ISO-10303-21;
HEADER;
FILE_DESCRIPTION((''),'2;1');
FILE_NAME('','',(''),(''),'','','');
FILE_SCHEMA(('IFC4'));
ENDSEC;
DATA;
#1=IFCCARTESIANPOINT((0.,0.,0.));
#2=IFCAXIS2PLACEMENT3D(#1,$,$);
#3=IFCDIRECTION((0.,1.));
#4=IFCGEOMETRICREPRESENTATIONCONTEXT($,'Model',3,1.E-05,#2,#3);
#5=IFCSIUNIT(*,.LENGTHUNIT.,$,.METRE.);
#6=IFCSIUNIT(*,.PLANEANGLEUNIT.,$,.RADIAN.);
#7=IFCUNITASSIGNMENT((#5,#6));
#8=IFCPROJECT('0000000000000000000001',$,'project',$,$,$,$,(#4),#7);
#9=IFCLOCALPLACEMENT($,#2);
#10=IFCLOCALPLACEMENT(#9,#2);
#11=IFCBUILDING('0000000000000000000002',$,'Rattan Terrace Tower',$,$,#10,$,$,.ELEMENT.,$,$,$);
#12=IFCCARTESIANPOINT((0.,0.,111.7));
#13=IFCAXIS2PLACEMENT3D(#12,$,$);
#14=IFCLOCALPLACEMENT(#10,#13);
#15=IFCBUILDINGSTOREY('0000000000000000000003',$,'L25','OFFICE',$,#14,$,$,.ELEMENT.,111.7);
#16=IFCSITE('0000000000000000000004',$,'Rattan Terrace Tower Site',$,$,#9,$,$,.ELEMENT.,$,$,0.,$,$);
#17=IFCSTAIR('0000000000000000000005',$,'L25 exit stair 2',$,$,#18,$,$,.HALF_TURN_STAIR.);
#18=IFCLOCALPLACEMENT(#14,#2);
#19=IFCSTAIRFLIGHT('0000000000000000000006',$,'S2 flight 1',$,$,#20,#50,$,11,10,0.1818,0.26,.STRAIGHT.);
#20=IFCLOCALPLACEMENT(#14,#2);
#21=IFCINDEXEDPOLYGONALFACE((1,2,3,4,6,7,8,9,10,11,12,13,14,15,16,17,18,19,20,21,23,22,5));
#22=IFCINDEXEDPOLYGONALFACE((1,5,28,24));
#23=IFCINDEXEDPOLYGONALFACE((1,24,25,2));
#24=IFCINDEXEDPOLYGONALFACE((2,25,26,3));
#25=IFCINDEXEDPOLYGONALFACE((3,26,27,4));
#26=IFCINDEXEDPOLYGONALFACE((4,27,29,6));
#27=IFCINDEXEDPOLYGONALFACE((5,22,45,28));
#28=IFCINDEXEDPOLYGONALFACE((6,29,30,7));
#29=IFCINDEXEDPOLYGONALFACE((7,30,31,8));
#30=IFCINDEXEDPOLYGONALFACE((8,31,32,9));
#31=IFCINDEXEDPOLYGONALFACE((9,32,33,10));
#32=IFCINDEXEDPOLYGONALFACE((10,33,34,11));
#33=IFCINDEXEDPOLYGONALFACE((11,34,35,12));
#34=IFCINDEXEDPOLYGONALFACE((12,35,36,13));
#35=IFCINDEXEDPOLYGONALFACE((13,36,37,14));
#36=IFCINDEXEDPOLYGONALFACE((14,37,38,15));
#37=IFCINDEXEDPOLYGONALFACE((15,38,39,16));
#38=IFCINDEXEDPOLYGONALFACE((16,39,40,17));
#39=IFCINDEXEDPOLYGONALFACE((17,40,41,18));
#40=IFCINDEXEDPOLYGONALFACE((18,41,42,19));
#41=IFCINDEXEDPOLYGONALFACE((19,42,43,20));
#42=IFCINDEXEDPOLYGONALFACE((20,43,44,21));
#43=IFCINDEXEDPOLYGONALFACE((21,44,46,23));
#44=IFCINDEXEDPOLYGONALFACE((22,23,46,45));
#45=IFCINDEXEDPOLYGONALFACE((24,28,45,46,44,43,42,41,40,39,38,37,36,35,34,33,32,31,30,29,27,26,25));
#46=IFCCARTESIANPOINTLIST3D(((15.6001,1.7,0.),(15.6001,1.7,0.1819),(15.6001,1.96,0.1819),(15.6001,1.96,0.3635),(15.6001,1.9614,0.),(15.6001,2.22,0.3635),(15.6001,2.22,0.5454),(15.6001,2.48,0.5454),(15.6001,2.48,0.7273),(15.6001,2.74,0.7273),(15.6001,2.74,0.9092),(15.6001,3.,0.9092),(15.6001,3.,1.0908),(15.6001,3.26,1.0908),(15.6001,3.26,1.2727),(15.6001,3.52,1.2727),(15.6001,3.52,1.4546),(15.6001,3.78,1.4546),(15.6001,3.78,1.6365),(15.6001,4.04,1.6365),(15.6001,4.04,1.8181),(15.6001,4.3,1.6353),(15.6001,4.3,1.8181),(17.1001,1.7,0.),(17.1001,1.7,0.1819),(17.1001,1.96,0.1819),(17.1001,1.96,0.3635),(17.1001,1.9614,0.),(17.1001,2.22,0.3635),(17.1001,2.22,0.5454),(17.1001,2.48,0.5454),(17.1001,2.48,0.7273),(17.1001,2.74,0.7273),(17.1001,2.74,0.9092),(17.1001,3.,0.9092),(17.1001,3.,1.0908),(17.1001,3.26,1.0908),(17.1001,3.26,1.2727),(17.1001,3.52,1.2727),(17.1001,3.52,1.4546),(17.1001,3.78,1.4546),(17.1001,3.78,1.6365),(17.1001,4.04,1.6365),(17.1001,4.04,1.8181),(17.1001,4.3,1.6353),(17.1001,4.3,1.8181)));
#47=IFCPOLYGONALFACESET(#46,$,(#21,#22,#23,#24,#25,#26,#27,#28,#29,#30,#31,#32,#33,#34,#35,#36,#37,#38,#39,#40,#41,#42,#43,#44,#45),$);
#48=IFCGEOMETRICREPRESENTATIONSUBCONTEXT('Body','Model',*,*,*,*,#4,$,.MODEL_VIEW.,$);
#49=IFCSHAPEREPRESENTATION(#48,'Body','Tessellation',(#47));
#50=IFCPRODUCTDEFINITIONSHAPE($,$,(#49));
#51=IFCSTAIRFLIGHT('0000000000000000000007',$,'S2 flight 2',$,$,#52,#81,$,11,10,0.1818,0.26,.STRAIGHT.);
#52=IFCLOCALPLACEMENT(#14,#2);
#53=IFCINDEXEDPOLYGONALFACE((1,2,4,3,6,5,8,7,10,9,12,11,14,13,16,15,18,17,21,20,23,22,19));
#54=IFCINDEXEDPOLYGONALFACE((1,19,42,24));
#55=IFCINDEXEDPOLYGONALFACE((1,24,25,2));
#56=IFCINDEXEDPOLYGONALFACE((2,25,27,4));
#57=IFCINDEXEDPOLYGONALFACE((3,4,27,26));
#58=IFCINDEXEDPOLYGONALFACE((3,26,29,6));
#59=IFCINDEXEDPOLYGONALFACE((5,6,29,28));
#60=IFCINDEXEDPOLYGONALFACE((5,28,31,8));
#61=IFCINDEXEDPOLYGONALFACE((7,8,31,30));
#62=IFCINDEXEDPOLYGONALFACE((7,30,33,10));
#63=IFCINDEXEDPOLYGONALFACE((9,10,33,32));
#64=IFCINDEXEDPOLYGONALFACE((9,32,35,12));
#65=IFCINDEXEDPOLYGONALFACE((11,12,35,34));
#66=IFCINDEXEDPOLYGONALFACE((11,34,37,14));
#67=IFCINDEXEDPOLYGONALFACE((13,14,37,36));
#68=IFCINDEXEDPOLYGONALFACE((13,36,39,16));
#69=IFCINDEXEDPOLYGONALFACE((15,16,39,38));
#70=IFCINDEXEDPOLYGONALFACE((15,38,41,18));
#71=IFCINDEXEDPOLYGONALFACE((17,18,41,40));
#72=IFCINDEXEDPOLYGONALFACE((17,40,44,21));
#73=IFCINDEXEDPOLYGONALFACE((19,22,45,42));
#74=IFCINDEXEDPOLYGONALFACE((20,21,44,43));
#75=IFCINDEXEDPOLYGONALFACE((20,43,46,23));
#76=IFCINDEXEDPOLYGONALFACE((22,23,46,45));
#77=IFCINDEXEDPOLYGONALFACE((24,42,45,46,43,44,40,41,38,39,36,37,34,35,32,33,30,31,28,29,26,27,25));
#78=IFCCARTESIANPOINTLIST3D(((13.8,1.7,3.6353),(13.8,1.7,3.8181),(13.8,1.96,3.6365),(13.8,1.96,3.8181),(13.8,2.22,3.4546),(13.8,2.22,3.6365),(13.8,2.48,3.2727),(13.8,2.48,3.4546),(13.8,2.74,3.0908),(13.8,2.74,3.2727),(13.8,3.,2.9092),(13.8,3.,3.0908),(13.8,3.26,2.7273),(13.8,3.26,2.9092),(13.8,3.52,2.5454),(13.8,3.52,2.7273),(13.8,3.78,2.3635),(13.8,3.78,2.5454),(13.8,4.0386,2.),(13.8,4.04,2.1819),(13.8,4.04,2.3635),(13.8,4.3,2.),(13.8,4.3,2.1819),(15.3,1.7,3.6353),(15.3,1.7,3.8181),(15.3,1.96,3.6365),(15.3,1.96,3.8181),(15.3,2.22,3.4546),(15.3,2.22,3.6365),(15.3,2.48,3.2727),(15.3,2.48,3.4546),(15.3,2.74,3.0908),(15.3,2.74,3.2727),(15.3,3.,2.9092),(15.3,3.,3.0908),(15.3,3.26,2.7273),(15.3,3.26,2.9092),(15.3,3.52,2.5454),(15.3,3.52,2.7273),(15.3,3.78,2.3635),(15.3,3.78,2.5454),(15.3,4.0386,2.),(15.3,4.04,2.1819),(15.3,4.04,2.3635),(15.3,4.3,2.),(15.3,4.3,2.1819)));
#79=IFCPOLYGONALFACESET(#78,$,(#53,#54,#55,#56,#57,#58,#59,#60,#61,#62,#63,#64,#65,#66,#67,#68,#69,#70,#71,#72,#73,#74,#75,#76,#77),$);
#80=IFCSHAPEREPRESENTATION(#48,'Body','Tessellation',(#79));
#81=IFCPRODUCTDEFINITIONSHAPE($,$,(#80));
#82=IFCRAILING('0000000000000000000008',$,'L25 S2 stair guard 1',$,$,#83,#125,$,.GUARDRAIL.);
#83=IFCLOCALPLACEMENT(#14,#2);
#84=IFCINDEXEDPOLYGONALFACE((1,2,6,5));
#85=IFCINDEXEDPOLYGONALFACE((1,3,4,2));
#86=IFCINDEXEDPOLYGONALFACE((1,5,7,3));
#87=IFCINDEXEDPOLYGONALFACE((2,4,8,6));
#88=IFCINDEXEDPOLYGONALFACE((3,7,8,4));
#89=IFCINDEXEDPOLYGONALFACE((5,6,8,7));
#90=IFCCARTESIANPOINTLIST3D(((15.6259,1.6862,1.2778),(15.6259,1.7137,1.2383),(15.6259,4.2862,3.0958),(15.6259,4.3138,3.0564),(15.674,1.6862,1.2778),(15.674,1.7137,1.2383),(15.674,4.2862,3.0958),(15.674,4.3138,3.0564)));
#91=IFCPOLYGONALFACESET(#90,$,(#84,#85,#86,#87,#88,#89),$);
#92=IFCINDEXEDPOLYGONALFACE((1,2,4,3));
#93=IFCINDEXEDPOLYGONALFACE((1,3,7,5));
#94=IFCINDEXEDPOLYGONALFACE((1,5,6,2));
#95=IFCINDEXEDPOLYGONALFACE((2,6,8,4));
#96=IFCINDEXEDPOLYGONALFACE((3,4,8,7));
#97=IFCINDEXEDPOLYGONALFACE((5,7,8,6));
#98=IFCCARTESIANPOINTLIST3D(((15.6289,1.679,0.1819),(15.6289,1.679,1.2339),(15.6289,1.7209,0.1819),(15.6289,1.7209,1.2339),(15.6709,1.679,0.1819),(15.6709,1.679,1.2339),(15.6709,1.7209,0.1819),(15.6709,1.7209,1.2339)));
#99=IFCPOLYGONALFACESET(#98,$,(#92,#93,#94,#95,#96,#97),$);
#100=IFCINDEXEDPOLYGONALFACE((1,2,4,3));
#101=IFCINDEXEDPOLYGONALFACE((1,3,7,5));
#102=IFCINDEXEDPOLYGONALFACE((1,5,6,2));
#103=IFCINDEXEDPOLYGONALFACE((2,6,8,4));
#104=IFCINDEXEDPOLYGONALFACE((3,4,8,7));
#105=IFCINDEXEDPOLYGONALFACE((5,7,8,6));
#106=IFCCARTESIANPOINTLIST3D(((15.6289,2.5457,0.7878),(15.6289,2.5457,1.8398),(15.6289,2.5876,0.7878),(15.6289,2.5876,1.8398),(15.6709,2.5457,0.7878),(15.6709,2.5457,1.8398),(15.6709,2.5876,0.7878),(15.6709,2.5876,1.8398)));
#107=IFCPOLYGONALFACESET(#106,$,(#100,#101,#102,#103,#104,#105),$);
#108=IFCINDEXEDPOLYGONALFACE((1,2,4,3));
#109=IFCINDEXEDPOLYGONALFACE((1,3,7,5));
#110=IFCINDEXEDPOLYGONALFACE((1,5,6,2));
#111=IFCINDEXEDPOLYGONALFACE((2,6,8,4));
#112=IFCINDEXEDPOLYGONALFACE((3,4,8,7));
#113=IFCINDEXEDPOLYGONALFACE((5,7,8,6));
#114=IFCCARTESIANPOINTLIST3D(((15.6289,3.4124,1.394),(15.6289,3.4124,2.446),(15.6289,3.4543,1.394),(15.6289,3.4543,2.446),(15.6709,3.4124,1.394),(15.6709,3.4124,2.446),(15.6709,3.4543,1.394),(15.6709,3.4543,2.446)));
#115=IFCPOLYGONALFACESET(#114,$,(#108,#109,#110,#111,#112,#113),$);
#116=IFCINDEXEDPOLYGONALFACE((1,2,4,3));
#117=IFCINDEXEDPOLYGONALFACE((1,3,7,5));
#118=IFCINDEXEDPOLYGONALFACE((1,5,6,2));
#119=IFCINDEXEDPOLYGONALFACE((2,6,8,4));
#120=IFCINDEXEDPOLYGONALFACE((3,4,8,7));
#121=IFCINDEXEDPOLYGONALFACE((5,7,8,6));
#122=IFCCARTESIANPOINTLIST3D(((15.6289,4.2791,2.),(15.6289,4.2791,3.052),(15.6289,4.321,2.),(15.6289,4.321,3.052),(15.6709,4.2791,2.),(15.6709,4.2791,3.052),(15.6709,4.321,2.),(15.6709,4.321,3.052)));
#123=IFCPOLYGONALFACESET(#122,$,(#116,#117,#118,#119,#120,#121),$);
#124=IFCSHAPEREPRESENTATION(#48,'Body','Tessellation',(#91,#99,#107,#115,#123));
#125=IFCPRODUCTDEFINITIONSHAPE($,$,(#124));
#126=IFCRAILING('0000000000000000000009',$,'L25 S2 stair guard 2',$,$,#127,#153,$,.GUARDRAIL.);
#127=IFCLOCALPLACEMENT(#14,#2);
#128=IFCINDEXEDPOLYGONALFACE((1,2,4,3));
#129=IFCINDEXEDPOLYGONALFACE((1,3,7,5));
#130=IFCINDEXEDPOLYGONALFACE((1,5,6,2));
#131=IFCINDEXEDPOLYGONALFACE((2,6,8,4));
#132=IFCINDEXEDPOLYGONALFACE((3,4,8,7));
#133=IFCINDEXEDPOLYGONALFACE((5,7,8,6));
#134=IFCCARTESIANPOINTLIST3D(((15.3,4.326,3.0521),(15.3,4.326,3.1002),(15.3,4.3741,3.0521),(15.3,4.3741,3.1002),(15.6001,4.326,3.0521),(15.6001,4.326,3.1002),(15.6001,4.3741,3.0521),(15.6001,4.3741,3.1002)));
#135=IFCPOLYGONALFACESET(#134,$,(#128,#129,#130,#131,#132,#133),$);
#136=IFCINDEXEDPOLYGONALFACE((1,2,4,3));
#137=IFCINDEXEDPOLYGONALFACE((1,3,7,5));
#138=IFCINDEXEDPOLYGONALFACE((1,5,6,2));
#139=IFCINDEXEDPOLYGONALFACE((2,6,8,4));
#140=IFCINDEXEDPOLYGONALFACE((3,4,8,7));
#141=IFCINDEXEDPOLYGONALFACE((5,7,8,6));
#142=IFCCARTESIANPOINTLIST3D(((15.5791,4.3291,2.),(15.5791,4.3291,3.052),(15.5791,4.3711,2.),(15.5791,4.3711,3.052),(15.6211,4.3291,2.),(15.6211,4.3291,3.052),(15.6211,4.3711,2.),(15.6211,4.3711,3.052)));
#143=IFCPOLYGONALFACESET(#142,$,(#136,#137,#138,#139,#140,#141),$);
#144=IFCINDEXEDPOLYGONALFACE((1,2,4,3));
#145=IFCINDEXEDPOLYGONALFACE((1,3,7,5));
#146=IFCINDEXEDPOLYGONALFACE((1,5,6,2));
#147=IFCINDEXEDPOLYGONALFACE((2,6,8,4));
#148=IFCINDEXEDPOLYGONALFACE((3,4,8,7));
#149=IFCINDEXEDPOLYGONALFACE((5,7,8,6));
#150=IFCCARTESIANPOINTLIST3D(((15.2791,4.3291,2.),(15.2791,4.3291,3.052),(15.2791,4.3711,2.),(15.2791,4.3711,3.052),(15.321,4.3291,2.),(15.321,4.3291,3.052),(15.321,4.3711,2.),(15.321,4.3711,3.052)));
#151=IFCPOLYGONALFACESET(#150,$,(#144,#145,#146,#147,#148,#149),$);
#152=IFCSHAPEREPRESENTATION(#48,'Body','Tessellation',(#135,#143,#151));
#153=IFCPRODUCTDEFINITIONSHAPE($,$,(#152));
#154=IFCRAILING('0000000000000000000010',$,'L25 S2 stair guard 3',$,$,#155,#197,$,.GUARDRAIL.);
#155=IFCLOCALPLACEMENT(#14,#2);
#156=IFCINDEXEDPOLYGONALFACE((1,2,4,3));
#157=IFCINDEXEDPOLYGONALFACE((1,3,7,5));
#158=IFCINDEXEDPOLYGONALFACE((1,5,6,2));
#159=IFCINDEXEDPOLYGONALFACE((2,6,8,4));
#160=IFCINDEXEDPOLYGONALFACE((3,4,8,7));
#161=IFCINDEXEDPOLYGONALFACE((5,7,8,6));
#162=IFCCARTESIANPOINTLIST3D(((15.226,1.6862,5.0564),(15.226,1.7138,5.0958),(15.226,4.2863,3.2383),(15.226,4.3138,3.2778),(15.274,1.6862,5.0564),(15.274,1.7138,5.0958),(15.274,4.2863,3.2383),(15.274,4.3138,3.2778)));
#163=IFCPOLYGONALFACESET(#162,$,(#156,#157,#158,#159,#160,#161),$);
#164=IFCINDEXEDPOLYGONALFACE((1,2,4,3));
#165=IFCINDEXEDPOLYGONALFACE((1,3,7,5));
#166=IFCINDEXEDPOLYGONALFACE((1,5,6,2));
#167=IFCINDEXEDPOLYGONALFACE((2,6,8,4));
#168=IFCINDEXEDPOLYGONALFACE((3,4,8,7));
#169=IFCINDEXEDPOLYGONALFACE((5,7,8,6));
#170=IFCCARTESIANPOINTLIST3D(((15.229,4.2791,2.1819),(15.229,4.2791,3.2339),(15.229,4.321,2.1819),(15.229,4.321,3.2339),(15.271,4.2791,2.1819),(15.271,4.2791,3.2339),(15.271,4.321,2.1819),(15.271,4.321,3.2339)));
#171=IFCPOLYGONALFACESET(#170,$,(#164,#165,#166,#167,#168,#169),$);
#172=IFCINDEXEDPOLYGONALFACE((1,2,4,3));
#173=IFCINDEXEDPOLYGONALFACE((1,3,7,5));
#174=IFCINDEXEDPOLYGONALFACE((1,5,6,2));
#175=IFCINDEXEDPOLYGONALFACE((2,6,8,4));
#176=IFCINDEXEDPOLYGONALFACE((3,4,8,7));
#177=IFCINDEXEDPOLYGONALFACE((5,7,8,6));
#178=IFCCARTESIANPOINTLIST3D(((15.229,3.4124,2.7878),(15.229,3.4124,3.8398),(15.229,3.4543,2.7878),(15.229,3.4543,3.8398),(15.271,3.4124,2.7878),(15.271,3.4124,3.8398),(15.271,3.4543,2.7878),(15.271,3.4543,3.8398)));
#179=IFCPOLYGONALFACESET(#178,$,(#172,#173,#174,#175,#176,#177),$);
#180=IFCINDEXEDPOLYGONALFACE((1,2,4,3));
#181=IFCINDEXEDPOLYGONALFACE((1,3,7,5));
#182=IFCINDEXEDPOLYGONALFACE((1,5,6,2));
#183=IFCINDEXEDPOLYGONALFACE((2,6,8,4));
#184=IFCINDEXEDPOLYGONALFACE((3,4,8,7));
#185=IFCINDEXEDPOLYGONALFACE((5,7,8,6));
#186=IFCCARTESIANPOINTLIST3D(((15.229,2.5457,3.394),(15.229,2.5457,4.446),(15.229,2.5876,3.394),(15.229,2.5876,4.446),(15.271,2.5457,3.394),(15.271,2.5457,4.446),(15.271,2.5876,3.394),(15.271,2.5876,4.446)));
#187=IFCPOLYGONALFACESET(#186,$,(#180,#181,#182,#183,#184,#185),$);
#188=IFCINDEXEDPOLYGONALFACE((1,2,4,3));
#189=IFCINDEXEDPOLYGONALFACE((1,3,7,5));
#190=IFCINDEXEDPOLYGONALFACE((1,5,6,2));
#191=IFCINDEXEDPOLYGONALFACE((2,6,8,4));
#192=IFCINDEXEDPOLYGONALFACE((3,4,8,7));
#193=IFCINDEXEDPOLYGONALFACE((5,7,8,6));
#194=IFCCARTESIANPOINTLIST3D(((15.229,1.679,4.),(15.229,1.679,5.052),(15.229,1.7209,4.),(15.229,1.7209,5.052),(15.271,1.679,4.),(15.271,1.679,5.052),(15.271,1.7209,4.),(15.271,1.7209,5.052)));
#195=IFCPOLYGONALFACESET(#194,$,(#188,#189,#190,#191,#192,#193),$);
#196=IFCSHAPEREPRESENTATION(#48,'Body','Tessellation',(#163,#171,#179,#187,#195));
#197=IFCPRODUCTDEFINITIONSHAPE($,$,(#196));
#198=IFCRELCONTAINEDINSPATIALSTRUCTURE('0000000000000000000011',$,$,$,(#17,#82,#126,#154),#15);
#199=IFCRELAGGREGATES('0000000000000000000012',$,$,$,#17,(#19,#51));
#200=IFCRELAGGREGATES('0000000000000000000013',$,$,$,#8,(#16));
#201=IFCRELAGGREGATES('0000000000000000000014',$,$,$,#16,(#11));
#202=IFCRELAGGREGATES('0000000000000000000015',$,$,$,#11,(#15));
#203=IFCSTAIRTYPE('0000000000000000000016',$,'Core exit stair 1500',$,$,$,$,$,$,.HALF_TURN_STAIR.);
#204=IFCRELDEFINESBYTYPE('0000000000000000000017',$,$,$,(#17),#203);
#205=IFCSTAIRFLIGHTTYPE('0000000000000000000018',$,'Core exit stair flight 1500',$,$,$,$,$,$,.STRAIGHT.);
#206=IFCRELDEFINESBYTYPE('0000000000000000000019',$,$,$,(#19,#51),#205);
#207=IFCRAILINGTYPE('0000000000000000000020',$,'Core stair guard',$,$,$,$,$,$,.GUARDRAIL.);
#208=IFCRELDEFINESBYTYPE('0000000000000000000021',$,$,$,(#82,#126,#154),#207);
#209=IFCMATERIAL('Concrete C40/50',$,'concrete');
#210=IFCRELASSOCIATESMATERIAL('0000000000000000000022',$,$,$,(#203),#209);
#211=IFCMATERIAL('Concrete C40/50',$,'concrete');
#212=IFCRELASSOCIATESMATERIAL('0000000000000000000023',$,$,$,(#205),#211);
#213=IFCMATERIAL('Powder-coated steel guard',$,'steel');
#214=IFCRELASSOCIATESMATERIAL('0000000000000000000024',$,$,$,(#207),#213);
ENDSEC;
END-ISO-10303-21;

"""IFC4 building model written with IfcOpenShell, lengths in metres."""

from ifc_helpers import new_model, si_unit, direction, frame, origin, origin_2d, place, context, subcontext, project, spatial, polyline, rectangle, outline, extrude, material, type_object, element, aggregate, save


model = new_model("IFC4")

# Units and contexts
model_context = context("Model", 3, precision=1e-05, world=origin(), true_north=direction((0.0, 1.0)))
body_context = subcontext(model_context, "Body", "Model", "MODEL_VIEW")
ifc_project = project(units=[si_unit("LENGTHUNIT", "METRE"), si_unit("PLANEANGLEUNIT", "RADIAN")], contexts=[model_context])

# Site, building, storey
site_placement = place(None, origin())
site = spatial("IfcSite", under=ifc_project, at=site_placement, Name="Rattan Terrace Tower Site", CompositionType="ELEMENT", RefElevation=0.0)
building_placement = place(site_placement, origin())
building = spatial("IfcBuilding", under=site, at=building_placement, Name="Rattan Terrace Tower", CompositionType="ELEMENT")
storey_placement = place(building_placement, frame((0.0, 0.0, 111.7)))
storey = spatial("IfcBuildingStorey", under=building, at=storey_placement, Name="L25", Description="OFFICE", CompositionType="ELEMENT", Elevation=111.7)

# Stair, stair flights
ifc_material_1 = material(Name="Concrete C40/50", Category="concrete")
stair_type = type_object("IfcStairType", Name="Core exit stair 1500", PredefinedType="HALF_TURN_STAIR", material=ifc_material_1)
stair_placement = place(storey_placement, origin())
stair = element("IfcStair", 1, at=stair_placement, inside=storey, type_object=stair_type, Name="L25 exit stair 2", PredefinedType="HALF_TURN_STAIR")
ifc_material_2 = material(Name="Concrete C40/50", Category="concrete")
stair_flight_type = type_object("IfcStairFlightType", Name="Core exit stair flight 1500", PredefinedType="STRAIGHT", material=ifc_material_2)
stair_flight_1_placement = place(storey_placement, frame((16.3501, 1.7, 0.0), z_axis=(0.0, 0.0, 1.0), x_axis=(0.0, 1.0, 0.0)))
stair_flight_1 = element("IfcStairFlight", 2, at=stair_flight_1_placement, type_object=stair_flight_type, Name="S2 flight 1", NumberOfRisers=11, NumberOfTreads=10, PredefinedType="STRAIGHT", RiserHeight=0.1818, TreadLength=0.26, context=body_context, shape_type="SweptSolid", body=[
    extrude(outline(polyline([(0.0, 0.0), (0.0, 0.1819), (0.26, 0.1819), (0.26, 0.3635), (0.52, 0.3635), (0.52, 0.5454), (0.78, 0.5454), (0.78, 0.7273), (1.04, 0.7273), (1.04, 0.9092), (1.3, 0.9092), (1.3, 1.0908), (1.5601, 1.0908), (1.5601, 1.2727), (1.8201, 1.2727), (1.8201, 1.4546), (2.0801, 1.4546), (2.0801, 1.6365), (2.3401, 1.6365), (2.3401, 1.8181), (2.6001, 1.8181), (2.6001, 2.0), (2.6001, 1.6353), (0.2615, 0.0), (0.0, 0.0)])), frame((0.0, 0.75, 0.0), z_axis=(0.0, -1.0, 0.0), x_axis=(1.0, 0.0, 0.0)), (0.0, 0.0, 1.0), 1.5),
])
stair_flight_2_placement = place(storey_placement, frame((14.55, 4.3, 2.0), z_axis=(0.0, 0.0, 1.0), x_axis=(0.0, -1.0, 0.0)))
stair_flight_2 = element("IfcStairFlight", 3, at=stair_flight_2_placement, type_object=stair_flight_type, Name="S2 flight 2", NumberOfRisers=11, NumberOfTreads=10, PredefinedType="STRAIGHT", RiserHeight=0.1818, TreadLength=0.26, context=body_context, shape_type="SweptSolid", body=[
    extrude(outline(polyline([(0.0, 0.0), (0.0, 0.1819), (0.26, 0.1819), (0.26, 0.3635), (0.52, 0.3635), (0.52, 0.5454), (0.78, 0.5454), (0.78, 0.7273), (1.04, 0.7273), (1.04, 0.9092), (1.3, 0.9092), (1.3, 1.0908), (1.5601, 1.0908), (1.5601, 1.2727), (1.8201, 1.2727), (1.8201, 1.4546), (2.0801, 1.4546), (2.0801, 1.6365), (2.3401, 1.6365), (2.3401, 1.8181), (2.6001, 1.8181), (2.6001, 2.0), (2.6001, 1.6353), (0.2615, 0.0), (0.0, 0.0)])), frame((0.0, 0.75, 0.0), z_axis=(0.0, -1.0, 0.0), x_axis=(1.0, 0.0, 0.0)), (0.0, 0.0, 1.0), 1.5),
])
aggregate(stair, [stair_flight_1, stair_flight_2])

# Railings
ifc_material_3 = material(Name="Powder-coated steel guard", Category="steel")
railing_type_1 = type_object("IfcRailingType", Name="Core stair guard", PredefinedType="GUARDRAIL", material=ifc_material_3)
railing_1_placement = place(storey_placement, frame((15.6499, 1.7, 0.1819)))
element("IfcRailing", 4, at=railing_1_placement, inside=storey, type_object=railing_type_1, Name="L25 S2 stair guard 1", PredefinedType="GUARDRAIL", context=body_context, shape_type="SweptSolid", body=[
    extrude(rectangle(XDim=0.0481, YDim=0.0481, at=origin_2d()), frame((0.0, 0.0, 1.0762), z_axis=(0.0, 0.819521, 0.573049), x_axis=(-1.0, 0.0, 0.0)), (0.0, 0.0, 1.0), 3.1726),
    extrude(rectangle(XDim=0.042, YDim=0.042, at=origin_2d()), origin(), (0.0, 0.0, 1.0), 1.052),
    extrude(rectangle(XDim=0.042, YDim=0.042, at=origin_2d()), frame((0.0, 0.8667, 0.606)), (0.0, 0.0, 1.0), 1.052),
    extrude(rectangle(XDim=0.042, YDim=0.042, at=origin_2d()), frame((0.0, 1.7334, 1.2122)), (0.0, 0.0, 1.0), 1.052),
    extrude(rectangle(XDim=0.042, YDim=0.042, at=origin_2d()), frame((0.0, 2.6001, 1.8181)), (0.0, 0.0, 1.0), 1.052),
])
railing_2_placement = place(storey_placement, frame((15.6001, 4.3501, 2.0)))
element("IfcRailing", 5, at=railing_2_placement, inside=storey, type_object=railing_type_1, Name="L25 S2 stair guard 2", PredefinedType="GUARDRAIL", context=body_context, shape_type="SweptSolid", body=[
    extrude(rectangle(XDim=0.0481, YDim=0.0481, at=origin_2d()), frame((0.0, 0.0, 1.0762), z_axis=(-1.0, 0.0, 0.0), x_axis=(0.0, -1.0, 0.0)), (0.0, 0.0, 1.0), 0.3),
    extrude(rectangle(XDim=0.042, YDim=0.042, at=origin_2d()), origin(), (0.0, 0.0, 1.0), 1.052),
    extrude(rectangle(XDim=0.042, YDim=0.042, at=origin_2d()), frame((-0.3, 0.0, 0.0)), (0.0, 0.0, 1.0), 1.052),
])
railing_3_placement = place(storey_placement, frame((15.25, 4.3, 2.1819)))
element("IfcRailing", 6, at=railing_3_placement, inside=storey, type_object=railing_type_1, Name="L25 S2 stair guard 3", PredefinedType="GUARDRAIL", context=body_context, shape_type="SweptSolid", body=[
    extrude(rectangle(XDim=0.0481, YDim=0.0481, at=origin_2d()), frame((0.0, 0.0, 1.0762), z_axis=(0.0, -0.819521, 0.573049), x_axis=(1.0, 0.0, 0.0)), (0.0, 0.0, 1.0), 3.1726),
    extrude(rectangle(XDim=0.042, YDim=0.042, at=origin_2d()), origin(), (0.0, 0.0, 1.0), 1.052),
    extrude(rectangle(XDim=0.042, YDim=0.042, at=origin_2d()), frame((0.0, -0.8667, 0.606)), (0.0, 0.0, 1.0), 1.052),
    extrude(rectangle(XDim=0.042, YDim=0.042, at=origin_2d()), frame((0.0, -1.7334, 1.2122)), (0.0, 0.0, 1.0), 1.052),
    extrude(rectangle(XDim=0.042, YDim=0.042, at=origin_2d()), frame((0.0, -2.6001, 1.8181)), (0.0, 0.0, 1.0), 1.052),
])

save(model, "model.ifc")
